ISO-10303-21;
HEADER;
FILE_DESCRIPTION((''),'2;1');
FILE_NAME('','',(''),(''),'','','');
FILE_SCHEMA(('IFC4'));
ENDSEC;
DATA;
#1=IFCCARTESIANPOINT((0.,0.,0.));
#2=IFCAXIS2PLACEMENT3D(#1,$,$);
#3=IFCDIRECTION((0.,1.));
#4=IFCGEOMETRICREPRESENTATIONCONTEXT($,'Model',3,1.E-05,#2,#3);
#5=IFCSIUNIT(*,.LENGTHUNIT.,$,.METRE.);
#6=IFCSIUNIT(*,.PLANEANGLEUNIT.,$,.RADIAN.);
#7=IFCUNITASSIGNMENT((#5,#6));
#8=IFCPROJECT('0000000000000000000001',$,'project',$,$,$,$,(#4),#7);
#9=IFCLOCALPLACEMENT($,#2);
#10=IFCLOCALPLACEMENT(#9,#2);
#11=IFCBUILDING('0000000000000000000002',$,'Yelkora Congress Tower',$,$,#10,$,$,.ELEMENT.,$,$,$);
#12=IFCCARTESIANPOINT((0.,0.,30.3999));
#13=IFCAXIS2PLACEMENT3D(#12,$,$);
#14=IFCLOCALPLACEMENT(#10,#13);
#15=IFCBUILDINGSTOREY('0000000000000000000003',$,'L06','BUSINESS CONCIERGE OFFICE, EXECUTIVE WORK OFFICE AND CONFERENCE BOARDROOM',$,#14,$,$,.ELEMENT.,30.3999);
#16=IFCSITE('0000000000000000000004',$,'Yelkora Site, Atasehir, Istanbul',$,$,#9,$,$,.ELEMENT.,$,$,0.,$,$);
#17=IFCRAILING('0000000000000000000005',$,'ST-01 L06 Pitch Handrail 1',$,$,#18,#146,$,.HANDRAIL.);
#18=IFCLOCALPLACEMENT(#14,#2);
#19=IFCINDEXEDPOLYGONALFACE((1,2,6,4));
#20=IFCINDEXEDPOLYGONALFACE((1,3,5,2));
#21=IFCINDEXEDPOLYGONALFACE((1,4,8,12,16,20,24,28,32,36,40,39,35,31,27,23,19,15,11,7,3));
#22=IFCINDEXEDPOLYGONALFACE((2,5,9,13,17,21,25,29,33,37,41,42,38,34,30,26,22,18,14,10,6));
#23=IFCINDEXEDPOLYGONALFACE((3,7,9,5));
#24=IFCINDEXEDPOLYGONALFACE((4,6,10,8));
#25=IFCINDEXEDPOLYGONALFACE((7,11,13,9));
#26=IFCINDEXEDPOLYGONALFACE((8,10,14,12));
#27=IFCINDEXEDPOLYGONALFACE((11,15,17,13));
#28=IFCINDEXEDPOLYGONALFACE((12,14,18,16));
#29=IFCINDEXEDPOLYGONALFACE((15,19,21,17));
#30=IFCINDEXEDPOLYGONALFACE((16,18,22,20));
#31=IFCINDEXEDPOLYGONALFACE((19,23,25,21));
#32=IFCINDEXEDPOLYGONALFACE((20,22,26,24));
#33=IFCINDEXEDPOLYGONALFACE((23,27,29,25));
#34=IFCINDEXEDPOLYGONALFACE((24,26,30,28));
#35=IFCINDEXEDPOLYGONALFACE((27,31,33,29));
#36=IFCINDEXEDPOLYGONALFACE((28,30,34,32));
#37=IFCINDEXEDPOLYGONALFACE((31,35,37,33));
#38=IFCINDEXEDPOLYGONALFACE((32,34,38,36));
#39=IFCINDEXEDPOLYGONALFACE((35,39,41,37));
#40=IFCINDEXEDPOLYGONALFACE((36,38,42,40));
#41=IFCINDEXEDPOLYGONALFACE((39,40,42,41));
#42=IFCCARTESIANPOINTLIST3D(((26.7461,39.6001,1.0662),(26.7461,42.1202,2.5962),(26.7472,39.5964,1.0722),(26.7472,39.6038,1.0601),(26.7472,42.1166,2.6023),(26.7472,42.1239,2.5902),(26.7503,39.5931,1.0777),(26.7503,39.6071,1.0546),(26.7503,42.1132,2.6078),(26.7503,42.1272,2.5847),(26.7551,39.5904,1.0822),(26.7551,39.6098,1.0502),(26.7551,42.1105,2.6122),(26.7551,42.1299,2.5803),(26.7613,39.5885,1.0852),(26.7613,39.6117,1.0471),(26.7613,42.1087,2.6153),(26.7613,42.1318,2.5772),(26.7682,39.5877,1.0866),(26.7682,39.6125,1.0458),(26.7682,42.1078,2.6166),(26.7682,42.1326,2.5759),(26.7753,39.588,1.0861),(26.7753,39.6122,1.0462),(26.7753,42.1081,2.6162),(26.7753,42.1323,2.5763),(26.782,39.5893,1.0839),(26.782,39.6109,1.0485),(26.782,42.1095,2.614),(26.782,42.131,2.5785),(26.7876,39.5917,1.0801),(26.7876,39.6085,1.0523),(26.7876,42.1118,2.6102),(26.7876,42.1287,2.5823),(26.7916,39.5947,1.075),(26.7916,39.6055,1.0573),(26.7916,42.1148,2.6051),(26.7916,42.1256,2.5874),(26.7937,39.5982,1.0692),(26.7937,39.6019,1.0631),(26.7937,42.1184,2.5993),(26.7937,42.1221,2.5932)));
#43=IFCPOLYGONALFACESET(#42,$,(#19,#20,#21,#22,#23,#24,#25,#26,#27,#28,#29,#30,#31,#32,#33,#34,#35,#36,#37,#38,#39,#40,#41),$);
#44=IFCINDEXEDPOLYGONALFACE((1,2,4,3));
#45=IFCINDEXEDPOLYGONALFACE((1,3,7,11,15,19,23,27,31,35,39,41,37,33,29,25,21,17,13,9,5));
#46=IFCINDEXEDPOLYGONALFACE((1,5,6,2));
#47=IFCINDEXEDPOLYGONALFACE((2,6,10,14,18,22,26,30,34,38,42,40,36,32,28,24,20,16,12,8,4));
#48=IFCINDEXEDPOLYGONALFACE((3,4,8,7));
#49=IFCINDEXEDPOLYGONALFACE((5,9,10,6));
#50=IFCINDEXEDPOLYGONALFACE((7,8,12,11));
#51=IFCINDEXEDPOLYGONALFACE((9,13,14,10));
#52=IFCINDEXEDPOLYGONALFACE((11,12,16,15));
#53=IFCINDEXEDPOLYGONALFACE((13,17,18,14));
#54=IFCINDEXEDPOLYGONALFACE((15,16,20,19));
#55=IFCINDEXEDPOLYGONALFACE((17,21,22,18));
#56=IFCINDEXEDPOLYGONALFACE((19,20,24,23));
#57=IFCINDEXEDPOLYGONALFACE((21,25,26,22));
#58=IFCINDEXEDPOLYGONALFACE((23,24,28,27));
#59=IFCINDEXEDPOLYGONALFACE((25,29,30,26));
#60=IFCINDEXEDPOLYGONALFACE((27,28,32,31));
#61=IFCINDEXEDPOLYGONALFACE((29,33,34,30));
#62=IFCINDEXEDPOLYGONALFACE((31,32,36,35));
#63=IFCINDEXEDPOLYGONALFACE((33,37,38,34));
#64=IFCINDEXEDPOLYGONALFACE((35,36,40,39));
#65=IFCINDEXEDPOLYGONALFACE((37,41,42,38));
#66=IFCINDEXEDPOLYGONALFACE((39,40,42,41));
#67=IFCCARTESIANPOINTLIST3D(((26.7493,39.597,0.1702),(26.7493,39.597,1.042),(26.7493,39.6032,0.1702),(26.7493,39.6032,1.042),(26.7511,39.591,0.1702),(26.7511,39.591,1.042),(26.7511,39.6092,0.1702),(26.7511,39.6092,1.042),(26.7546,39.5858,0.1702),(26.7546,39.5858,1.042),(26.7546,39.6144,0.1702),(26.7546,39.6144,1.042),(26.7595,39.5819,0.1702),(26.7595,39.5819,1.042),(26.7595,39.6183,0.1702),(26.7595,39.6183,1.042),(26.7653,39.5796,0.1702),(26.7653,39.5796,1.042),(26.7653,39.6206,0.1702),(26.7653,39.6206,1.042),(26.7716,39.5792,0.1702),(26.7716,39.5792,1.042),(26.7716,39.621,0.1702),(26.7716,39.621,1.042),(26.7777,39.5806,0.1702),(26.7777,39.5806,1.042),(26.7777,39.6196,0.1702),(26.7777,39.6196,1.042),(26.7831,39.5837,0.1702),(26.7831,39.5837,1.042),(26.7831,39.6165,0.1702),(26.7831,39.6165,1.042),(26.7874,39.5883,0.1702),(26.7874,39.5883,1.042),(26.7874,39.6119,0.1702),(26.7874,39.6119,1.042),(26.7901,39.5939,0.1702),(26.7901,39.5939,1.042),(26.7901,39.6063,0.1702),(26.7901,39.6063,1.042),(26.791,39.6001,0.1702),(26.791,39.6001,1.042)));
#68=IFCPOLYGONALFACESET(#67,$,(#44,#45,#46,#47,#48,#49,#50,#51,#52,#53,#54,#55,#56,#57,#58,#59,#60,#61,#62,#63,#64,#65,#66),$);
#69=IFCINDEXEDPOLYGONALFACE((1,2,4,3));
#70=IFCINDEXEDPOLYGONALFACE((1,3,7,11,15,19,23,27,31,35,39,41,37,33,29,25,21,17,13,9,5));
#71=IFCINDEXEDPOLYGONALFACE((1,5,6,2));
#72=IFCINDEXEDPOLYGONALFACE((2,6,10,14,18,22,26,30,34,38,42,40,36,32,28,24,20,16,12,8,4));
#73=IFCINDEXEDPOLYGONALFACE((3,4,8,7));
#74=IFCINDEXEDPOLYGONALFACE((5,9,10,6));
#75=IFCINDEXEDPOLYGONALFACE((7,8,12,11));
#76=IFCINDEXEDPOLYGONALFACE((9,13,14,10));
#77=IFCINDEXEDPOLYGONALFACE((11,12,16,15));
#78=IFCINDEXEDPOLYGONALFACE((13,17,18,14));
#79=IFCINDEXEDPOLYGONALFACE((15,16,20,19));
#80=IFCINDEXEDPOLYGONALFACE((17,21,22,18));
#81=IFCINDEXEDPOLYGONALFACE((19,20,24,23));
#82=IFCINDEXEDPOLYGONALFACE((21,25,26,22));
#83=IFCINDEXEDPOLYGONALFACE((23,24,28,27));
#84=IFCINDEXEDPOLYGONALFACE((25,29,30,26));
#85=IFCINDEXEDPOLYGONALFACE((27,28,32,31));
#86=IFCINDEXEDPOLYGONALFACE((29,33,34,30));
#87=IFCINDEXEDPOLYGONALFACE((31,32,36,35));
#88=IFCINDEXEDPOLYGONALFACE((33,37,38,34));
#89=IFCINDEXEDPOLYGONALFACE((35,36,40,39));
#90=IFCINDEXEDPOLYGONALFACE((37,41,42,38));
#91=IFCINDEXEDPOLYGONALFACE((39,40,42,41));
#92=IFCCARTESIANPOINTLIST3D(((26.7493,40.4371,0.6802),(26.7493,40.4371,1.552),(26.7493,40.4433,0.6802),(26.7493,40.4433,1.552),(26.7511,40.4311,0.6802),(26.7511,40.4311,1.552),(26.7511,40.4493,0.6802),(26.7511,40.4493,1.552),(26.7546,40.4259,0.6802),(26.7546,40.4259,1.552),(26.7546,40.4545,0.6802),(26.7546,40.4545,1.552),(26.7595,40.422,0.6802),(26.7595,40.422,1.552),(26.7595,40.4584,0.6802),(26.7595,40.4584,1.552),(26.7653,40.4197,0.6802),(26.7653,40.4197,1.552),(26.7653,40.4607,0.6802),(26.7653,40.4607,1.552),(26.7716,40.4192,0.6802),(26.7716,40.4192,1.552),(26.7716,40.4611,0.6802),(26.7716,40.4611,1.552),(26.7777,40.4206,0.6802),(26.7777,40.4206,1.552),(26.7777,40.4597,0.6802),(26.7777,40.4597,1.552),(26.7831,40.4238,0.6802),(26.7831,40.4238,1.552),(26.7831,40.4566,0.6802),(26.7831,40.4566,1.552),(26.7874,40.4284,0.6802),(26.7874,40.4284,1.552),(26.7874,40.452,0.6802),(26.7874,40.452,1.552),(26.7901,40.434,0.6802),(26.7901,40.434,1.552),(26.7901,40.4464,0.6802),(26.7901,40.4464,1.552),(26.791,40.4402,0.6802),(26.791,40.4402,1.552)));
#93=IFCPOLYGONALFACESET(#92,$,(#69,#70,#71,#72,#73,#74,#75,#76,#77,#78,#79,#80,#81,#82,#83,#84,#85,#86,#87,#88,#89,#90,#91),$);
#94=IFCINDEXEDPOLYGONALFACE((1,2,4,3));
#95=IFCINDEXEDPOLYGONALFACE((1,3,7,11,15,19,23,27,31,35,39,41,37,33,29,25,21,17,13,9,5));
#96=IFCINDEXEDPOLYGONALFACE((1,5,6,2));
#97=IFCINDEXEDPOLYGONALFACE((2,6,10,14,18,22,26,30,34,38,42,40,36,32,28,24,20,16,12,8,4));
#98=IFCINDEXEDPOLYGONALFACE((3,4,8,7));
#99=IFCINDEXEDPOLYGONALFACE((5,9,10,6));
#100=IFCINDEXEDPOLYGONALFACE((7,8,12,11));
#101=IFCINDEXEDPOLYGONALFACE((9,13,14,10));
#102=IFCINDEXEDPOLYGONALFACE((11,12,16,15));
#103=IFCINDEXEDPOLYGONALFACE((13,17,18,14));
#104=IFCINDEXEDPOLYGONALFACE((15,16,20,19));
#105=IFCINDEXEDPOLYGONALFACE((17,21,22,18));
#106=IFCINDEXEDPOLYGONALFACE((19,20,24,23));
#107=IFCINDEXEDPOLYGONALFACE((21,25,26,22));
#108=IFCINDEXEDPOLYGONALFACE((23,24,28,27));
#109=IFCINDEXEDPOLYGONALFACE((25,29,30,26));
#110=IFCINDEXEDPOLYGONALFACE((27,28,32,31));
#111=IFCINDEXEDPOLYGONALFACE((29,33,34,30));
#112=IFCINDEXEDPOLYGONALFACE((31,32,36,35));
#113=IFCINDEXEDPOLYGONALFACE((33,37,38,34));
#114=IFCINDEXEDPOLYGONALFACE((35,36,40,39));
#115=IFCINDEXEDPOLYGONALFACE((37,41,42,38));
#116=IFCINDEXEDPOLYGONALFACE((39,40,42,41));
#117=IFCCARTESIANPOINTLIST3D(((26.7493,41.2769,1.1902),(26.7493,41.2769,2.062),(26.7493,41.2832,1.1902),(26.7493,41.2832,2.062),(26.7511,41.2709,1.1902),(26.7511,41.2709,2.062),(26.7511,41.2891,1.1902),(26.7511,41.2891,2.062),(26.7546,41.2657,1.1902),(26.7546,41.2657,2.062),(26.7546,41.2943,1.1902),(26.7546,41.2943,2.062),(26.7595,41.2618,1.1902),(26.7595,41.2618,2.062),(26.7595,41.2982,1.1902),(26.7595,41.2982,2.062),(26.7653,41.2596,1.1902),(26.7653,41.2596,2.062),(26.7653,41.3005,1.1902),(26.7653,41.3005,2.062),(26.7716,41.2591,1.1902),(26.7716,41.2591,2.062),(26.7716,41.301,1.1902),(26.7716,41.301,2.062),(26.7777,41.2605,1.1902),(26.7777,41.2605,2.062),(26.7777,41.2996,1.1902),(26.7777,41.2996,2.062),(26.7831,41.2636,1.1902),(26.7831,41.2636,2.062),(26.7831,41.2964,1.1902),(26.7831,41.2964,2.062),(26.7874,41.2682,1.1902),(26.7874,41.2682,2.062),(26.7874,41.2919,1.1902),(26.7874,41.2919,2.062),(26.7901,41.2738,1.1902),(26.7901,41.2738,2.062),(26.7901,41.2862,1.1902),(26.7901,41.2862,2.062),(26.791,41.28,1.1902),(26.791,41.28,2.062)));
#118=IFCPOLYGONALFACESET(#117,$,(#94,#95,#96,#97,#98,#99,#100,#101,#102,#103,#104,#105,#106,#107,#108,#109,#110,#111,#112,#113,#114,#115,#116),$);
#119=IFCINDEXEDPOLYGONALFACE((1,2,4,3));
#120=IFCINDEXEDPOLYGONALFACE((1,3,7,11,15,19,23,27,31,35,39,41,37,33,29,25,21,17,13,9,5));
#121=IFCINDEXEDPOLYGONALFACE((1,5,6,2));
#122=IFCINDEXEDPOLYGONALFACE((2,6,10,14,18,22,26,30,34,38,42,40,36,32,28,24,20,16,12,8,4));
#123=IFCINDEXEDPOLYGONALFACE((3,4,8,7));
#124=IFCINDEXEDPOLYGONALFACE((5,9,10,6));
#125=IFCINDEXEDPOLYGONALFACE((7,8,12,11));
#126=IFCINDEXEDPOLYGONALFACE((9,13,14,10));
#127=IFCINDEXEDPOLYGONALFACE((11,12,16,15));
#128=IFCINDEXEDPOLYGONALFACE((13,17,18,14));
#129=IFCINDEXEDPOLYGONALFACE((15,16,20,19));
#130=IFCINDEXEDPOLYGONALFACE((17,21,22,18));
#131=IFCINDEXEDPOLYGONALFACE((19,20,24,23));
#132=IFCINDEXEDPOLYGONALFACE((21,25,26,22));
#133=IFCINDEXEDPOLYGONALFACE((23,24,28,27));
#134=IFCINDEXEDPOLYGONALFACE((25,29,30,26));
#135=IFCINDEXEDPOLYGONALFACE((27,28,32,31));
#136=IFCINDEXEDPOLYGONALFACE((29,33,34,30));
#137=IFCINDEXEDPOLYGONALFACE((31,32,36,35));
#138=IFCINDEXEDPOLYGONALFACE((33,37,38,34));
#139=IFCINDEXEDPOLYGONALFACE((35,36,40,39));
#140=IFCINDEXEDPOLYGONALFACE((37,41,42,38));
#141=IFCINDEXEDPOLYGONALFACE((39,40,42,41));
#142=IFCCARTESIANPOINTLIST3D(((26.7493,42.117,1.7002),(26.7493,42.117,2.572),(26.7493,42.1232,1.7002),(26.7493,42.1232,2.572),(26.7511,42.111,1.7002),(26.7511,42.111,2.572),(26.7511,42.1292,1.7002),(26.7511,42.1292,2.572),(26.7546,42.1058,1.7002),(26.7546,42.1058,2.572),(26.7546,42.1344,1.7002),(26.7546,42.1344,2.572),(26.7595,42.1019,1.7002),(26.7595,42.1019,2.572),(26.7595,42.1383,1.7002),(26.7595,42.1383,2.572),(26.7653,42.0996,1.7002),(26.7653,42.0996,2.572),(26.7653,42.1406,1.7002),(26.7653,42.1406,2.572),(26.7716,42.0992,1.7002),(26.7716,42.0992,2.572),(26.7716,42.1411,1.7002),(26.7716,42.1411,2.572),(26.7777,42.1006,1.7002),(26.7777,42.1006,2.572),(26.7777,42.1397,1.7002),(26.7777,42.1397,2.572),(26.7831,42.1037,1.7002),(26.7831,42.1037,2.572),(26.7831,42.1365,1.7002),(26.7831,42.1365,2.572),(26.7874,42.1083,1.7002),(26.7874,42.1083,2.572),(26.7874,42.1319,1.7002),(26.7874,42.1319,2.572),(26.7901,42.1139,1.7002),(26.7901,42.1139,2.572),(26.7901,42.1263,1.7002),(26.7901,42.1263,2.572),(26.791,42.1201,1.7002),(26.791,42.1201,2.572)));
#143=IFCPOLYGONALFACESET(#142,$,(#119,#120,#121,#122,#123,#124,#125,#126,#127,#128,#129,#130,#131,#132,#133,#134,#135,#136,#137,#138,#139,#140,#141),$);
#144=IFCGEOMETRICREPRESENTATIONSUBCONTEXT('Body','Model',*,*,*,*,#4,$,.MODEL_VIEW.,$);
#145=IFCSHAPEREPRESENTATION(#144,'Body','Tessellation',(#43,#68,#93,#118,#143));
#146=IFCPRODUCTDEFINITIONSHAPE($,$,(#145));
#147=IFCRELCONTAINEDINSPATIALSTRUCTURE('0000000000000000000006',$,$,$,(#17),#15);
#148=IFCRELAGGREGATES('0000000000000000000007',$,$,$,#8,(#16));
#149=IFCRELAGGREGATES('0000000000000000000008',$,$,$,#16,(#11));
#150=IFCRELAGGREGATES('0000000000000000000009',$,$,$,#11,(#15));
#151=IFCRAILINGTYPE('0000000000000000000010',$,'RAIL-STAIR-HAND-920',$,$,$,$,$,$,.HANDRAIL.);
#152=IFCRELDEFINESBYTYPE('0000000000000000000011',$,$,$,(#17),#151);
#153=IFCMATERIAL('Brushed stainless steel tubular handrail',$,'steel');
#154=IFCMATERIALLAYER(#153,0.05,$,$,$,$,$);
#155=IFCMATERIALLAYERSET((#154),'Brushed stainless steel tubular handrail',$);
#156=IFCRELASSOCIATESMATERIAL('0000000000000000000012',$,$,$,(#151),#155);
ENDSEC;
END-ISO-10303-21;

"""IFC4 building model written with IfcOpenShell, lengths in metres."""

from ifc_helpers import new_model, si_unit, direction, frame, origin, origin_2d, place, context, subcontext, project, spatial, circle, extrude, material, layer, layer_set, type_object, element, save


model = new_model("IFC4")

# Units and contexts
model_context = context("Model", 3, precision=1e-05, world=origin(), true_north=direction((0.0, 1.0)))
body_context = subcontext(model_context, "Body", "Model", "MODEL_VIEW")
ifc_project = project(units=[si_unit("LENGTHUNIT", "METRE"), si_unit("PLANEANGLEUNIT", "RADIAN")], contexts=[model_context])

# Site, building, storey
site_placement = place(None, origin())
site = spatial("IfcSite", under=ifc_project, at=site_placement, Name="Yelkora Site, Atasehir, Istanbul", CompositionType="ELEMENT", RefElevation=0.0)
building_placement = place(site_placement, origin())
building = spatial("IfcBuilding", under=site, at=building_placement, Name="Yelkora Congress Tower", CompositionType="ELEMENT")
storey_placement = place(building_placement, frame((0.0, 0.0, 30.3999)))
storey = spatial("IfcBuildingStorey", under=building, at=storey_placement, Name="L06", Description="BUSINESS CONCIERGE OFFICE, EXECUTIVE WORK OFFICE AND CONFERENCE BOARDROOM", CompositionType="ELEMENT", Elevation=30.3999)

# Railing
ifc_material_1 = material(Name="Brushed stainless steel tubular handrail", Category="steel")
ifc_layer_1 = layer(ifc_material_1, 0.05)
ifc_layer_set_1 = layer_set([ifc_layer_1], Name="Brushed stainless steel tubular handrail")
railing_type_1 = type_object("IfcRailingType", Name="RAIL-STAIR-HAND-920", PredefinedType="HANDRAIL", material=ifc_layer_set_1)
railing_1_placement = place(storey_placement, frame((26.77, 39.6001, 0.1702)))
element("IfcRailing", 1, at=railing_1_placement, inside=storey, type_object=railing_type_1, Name="ST-01 L06 Pitch Handrail 1", PredefinedType="HANDRAIL", context=body_context, shape_type="SweptSolid", body=[
    extrude(circle(Radius=0.0239, at=origin_2d()), frame((0.0, 0.0, 0.896), z_axis=(0.0, 0.854785, 0.518982), x_axis=(-1.0, 0.0, 0.0)), (0.0, 0.0, 1.0), 2.9482),
    extrude(circle(Radius=0.021, at=origin_2d()), origin(), (0.0, 0.0, 1.0), 0.8718),
    extrude(circle(Radius=0.021, at=origin_2d()), frame((0.0, 0.8401, 0.51)), (0.0, 0.0, 1.0), 0.8718),
    extrude(circle(Radius=0.021, at=origin_2d()), frame((0.0, 1.6799, 1.02)), (0.0, 0.0, 1.0), 0.8718),
    extrude(circle(Radius=0.021, at=origin_2d()), frame((0.0, 2.52, 1.53)), (0.0, 0.0, 1.0), 0.8718),
])

save(model, "model.ifc")
